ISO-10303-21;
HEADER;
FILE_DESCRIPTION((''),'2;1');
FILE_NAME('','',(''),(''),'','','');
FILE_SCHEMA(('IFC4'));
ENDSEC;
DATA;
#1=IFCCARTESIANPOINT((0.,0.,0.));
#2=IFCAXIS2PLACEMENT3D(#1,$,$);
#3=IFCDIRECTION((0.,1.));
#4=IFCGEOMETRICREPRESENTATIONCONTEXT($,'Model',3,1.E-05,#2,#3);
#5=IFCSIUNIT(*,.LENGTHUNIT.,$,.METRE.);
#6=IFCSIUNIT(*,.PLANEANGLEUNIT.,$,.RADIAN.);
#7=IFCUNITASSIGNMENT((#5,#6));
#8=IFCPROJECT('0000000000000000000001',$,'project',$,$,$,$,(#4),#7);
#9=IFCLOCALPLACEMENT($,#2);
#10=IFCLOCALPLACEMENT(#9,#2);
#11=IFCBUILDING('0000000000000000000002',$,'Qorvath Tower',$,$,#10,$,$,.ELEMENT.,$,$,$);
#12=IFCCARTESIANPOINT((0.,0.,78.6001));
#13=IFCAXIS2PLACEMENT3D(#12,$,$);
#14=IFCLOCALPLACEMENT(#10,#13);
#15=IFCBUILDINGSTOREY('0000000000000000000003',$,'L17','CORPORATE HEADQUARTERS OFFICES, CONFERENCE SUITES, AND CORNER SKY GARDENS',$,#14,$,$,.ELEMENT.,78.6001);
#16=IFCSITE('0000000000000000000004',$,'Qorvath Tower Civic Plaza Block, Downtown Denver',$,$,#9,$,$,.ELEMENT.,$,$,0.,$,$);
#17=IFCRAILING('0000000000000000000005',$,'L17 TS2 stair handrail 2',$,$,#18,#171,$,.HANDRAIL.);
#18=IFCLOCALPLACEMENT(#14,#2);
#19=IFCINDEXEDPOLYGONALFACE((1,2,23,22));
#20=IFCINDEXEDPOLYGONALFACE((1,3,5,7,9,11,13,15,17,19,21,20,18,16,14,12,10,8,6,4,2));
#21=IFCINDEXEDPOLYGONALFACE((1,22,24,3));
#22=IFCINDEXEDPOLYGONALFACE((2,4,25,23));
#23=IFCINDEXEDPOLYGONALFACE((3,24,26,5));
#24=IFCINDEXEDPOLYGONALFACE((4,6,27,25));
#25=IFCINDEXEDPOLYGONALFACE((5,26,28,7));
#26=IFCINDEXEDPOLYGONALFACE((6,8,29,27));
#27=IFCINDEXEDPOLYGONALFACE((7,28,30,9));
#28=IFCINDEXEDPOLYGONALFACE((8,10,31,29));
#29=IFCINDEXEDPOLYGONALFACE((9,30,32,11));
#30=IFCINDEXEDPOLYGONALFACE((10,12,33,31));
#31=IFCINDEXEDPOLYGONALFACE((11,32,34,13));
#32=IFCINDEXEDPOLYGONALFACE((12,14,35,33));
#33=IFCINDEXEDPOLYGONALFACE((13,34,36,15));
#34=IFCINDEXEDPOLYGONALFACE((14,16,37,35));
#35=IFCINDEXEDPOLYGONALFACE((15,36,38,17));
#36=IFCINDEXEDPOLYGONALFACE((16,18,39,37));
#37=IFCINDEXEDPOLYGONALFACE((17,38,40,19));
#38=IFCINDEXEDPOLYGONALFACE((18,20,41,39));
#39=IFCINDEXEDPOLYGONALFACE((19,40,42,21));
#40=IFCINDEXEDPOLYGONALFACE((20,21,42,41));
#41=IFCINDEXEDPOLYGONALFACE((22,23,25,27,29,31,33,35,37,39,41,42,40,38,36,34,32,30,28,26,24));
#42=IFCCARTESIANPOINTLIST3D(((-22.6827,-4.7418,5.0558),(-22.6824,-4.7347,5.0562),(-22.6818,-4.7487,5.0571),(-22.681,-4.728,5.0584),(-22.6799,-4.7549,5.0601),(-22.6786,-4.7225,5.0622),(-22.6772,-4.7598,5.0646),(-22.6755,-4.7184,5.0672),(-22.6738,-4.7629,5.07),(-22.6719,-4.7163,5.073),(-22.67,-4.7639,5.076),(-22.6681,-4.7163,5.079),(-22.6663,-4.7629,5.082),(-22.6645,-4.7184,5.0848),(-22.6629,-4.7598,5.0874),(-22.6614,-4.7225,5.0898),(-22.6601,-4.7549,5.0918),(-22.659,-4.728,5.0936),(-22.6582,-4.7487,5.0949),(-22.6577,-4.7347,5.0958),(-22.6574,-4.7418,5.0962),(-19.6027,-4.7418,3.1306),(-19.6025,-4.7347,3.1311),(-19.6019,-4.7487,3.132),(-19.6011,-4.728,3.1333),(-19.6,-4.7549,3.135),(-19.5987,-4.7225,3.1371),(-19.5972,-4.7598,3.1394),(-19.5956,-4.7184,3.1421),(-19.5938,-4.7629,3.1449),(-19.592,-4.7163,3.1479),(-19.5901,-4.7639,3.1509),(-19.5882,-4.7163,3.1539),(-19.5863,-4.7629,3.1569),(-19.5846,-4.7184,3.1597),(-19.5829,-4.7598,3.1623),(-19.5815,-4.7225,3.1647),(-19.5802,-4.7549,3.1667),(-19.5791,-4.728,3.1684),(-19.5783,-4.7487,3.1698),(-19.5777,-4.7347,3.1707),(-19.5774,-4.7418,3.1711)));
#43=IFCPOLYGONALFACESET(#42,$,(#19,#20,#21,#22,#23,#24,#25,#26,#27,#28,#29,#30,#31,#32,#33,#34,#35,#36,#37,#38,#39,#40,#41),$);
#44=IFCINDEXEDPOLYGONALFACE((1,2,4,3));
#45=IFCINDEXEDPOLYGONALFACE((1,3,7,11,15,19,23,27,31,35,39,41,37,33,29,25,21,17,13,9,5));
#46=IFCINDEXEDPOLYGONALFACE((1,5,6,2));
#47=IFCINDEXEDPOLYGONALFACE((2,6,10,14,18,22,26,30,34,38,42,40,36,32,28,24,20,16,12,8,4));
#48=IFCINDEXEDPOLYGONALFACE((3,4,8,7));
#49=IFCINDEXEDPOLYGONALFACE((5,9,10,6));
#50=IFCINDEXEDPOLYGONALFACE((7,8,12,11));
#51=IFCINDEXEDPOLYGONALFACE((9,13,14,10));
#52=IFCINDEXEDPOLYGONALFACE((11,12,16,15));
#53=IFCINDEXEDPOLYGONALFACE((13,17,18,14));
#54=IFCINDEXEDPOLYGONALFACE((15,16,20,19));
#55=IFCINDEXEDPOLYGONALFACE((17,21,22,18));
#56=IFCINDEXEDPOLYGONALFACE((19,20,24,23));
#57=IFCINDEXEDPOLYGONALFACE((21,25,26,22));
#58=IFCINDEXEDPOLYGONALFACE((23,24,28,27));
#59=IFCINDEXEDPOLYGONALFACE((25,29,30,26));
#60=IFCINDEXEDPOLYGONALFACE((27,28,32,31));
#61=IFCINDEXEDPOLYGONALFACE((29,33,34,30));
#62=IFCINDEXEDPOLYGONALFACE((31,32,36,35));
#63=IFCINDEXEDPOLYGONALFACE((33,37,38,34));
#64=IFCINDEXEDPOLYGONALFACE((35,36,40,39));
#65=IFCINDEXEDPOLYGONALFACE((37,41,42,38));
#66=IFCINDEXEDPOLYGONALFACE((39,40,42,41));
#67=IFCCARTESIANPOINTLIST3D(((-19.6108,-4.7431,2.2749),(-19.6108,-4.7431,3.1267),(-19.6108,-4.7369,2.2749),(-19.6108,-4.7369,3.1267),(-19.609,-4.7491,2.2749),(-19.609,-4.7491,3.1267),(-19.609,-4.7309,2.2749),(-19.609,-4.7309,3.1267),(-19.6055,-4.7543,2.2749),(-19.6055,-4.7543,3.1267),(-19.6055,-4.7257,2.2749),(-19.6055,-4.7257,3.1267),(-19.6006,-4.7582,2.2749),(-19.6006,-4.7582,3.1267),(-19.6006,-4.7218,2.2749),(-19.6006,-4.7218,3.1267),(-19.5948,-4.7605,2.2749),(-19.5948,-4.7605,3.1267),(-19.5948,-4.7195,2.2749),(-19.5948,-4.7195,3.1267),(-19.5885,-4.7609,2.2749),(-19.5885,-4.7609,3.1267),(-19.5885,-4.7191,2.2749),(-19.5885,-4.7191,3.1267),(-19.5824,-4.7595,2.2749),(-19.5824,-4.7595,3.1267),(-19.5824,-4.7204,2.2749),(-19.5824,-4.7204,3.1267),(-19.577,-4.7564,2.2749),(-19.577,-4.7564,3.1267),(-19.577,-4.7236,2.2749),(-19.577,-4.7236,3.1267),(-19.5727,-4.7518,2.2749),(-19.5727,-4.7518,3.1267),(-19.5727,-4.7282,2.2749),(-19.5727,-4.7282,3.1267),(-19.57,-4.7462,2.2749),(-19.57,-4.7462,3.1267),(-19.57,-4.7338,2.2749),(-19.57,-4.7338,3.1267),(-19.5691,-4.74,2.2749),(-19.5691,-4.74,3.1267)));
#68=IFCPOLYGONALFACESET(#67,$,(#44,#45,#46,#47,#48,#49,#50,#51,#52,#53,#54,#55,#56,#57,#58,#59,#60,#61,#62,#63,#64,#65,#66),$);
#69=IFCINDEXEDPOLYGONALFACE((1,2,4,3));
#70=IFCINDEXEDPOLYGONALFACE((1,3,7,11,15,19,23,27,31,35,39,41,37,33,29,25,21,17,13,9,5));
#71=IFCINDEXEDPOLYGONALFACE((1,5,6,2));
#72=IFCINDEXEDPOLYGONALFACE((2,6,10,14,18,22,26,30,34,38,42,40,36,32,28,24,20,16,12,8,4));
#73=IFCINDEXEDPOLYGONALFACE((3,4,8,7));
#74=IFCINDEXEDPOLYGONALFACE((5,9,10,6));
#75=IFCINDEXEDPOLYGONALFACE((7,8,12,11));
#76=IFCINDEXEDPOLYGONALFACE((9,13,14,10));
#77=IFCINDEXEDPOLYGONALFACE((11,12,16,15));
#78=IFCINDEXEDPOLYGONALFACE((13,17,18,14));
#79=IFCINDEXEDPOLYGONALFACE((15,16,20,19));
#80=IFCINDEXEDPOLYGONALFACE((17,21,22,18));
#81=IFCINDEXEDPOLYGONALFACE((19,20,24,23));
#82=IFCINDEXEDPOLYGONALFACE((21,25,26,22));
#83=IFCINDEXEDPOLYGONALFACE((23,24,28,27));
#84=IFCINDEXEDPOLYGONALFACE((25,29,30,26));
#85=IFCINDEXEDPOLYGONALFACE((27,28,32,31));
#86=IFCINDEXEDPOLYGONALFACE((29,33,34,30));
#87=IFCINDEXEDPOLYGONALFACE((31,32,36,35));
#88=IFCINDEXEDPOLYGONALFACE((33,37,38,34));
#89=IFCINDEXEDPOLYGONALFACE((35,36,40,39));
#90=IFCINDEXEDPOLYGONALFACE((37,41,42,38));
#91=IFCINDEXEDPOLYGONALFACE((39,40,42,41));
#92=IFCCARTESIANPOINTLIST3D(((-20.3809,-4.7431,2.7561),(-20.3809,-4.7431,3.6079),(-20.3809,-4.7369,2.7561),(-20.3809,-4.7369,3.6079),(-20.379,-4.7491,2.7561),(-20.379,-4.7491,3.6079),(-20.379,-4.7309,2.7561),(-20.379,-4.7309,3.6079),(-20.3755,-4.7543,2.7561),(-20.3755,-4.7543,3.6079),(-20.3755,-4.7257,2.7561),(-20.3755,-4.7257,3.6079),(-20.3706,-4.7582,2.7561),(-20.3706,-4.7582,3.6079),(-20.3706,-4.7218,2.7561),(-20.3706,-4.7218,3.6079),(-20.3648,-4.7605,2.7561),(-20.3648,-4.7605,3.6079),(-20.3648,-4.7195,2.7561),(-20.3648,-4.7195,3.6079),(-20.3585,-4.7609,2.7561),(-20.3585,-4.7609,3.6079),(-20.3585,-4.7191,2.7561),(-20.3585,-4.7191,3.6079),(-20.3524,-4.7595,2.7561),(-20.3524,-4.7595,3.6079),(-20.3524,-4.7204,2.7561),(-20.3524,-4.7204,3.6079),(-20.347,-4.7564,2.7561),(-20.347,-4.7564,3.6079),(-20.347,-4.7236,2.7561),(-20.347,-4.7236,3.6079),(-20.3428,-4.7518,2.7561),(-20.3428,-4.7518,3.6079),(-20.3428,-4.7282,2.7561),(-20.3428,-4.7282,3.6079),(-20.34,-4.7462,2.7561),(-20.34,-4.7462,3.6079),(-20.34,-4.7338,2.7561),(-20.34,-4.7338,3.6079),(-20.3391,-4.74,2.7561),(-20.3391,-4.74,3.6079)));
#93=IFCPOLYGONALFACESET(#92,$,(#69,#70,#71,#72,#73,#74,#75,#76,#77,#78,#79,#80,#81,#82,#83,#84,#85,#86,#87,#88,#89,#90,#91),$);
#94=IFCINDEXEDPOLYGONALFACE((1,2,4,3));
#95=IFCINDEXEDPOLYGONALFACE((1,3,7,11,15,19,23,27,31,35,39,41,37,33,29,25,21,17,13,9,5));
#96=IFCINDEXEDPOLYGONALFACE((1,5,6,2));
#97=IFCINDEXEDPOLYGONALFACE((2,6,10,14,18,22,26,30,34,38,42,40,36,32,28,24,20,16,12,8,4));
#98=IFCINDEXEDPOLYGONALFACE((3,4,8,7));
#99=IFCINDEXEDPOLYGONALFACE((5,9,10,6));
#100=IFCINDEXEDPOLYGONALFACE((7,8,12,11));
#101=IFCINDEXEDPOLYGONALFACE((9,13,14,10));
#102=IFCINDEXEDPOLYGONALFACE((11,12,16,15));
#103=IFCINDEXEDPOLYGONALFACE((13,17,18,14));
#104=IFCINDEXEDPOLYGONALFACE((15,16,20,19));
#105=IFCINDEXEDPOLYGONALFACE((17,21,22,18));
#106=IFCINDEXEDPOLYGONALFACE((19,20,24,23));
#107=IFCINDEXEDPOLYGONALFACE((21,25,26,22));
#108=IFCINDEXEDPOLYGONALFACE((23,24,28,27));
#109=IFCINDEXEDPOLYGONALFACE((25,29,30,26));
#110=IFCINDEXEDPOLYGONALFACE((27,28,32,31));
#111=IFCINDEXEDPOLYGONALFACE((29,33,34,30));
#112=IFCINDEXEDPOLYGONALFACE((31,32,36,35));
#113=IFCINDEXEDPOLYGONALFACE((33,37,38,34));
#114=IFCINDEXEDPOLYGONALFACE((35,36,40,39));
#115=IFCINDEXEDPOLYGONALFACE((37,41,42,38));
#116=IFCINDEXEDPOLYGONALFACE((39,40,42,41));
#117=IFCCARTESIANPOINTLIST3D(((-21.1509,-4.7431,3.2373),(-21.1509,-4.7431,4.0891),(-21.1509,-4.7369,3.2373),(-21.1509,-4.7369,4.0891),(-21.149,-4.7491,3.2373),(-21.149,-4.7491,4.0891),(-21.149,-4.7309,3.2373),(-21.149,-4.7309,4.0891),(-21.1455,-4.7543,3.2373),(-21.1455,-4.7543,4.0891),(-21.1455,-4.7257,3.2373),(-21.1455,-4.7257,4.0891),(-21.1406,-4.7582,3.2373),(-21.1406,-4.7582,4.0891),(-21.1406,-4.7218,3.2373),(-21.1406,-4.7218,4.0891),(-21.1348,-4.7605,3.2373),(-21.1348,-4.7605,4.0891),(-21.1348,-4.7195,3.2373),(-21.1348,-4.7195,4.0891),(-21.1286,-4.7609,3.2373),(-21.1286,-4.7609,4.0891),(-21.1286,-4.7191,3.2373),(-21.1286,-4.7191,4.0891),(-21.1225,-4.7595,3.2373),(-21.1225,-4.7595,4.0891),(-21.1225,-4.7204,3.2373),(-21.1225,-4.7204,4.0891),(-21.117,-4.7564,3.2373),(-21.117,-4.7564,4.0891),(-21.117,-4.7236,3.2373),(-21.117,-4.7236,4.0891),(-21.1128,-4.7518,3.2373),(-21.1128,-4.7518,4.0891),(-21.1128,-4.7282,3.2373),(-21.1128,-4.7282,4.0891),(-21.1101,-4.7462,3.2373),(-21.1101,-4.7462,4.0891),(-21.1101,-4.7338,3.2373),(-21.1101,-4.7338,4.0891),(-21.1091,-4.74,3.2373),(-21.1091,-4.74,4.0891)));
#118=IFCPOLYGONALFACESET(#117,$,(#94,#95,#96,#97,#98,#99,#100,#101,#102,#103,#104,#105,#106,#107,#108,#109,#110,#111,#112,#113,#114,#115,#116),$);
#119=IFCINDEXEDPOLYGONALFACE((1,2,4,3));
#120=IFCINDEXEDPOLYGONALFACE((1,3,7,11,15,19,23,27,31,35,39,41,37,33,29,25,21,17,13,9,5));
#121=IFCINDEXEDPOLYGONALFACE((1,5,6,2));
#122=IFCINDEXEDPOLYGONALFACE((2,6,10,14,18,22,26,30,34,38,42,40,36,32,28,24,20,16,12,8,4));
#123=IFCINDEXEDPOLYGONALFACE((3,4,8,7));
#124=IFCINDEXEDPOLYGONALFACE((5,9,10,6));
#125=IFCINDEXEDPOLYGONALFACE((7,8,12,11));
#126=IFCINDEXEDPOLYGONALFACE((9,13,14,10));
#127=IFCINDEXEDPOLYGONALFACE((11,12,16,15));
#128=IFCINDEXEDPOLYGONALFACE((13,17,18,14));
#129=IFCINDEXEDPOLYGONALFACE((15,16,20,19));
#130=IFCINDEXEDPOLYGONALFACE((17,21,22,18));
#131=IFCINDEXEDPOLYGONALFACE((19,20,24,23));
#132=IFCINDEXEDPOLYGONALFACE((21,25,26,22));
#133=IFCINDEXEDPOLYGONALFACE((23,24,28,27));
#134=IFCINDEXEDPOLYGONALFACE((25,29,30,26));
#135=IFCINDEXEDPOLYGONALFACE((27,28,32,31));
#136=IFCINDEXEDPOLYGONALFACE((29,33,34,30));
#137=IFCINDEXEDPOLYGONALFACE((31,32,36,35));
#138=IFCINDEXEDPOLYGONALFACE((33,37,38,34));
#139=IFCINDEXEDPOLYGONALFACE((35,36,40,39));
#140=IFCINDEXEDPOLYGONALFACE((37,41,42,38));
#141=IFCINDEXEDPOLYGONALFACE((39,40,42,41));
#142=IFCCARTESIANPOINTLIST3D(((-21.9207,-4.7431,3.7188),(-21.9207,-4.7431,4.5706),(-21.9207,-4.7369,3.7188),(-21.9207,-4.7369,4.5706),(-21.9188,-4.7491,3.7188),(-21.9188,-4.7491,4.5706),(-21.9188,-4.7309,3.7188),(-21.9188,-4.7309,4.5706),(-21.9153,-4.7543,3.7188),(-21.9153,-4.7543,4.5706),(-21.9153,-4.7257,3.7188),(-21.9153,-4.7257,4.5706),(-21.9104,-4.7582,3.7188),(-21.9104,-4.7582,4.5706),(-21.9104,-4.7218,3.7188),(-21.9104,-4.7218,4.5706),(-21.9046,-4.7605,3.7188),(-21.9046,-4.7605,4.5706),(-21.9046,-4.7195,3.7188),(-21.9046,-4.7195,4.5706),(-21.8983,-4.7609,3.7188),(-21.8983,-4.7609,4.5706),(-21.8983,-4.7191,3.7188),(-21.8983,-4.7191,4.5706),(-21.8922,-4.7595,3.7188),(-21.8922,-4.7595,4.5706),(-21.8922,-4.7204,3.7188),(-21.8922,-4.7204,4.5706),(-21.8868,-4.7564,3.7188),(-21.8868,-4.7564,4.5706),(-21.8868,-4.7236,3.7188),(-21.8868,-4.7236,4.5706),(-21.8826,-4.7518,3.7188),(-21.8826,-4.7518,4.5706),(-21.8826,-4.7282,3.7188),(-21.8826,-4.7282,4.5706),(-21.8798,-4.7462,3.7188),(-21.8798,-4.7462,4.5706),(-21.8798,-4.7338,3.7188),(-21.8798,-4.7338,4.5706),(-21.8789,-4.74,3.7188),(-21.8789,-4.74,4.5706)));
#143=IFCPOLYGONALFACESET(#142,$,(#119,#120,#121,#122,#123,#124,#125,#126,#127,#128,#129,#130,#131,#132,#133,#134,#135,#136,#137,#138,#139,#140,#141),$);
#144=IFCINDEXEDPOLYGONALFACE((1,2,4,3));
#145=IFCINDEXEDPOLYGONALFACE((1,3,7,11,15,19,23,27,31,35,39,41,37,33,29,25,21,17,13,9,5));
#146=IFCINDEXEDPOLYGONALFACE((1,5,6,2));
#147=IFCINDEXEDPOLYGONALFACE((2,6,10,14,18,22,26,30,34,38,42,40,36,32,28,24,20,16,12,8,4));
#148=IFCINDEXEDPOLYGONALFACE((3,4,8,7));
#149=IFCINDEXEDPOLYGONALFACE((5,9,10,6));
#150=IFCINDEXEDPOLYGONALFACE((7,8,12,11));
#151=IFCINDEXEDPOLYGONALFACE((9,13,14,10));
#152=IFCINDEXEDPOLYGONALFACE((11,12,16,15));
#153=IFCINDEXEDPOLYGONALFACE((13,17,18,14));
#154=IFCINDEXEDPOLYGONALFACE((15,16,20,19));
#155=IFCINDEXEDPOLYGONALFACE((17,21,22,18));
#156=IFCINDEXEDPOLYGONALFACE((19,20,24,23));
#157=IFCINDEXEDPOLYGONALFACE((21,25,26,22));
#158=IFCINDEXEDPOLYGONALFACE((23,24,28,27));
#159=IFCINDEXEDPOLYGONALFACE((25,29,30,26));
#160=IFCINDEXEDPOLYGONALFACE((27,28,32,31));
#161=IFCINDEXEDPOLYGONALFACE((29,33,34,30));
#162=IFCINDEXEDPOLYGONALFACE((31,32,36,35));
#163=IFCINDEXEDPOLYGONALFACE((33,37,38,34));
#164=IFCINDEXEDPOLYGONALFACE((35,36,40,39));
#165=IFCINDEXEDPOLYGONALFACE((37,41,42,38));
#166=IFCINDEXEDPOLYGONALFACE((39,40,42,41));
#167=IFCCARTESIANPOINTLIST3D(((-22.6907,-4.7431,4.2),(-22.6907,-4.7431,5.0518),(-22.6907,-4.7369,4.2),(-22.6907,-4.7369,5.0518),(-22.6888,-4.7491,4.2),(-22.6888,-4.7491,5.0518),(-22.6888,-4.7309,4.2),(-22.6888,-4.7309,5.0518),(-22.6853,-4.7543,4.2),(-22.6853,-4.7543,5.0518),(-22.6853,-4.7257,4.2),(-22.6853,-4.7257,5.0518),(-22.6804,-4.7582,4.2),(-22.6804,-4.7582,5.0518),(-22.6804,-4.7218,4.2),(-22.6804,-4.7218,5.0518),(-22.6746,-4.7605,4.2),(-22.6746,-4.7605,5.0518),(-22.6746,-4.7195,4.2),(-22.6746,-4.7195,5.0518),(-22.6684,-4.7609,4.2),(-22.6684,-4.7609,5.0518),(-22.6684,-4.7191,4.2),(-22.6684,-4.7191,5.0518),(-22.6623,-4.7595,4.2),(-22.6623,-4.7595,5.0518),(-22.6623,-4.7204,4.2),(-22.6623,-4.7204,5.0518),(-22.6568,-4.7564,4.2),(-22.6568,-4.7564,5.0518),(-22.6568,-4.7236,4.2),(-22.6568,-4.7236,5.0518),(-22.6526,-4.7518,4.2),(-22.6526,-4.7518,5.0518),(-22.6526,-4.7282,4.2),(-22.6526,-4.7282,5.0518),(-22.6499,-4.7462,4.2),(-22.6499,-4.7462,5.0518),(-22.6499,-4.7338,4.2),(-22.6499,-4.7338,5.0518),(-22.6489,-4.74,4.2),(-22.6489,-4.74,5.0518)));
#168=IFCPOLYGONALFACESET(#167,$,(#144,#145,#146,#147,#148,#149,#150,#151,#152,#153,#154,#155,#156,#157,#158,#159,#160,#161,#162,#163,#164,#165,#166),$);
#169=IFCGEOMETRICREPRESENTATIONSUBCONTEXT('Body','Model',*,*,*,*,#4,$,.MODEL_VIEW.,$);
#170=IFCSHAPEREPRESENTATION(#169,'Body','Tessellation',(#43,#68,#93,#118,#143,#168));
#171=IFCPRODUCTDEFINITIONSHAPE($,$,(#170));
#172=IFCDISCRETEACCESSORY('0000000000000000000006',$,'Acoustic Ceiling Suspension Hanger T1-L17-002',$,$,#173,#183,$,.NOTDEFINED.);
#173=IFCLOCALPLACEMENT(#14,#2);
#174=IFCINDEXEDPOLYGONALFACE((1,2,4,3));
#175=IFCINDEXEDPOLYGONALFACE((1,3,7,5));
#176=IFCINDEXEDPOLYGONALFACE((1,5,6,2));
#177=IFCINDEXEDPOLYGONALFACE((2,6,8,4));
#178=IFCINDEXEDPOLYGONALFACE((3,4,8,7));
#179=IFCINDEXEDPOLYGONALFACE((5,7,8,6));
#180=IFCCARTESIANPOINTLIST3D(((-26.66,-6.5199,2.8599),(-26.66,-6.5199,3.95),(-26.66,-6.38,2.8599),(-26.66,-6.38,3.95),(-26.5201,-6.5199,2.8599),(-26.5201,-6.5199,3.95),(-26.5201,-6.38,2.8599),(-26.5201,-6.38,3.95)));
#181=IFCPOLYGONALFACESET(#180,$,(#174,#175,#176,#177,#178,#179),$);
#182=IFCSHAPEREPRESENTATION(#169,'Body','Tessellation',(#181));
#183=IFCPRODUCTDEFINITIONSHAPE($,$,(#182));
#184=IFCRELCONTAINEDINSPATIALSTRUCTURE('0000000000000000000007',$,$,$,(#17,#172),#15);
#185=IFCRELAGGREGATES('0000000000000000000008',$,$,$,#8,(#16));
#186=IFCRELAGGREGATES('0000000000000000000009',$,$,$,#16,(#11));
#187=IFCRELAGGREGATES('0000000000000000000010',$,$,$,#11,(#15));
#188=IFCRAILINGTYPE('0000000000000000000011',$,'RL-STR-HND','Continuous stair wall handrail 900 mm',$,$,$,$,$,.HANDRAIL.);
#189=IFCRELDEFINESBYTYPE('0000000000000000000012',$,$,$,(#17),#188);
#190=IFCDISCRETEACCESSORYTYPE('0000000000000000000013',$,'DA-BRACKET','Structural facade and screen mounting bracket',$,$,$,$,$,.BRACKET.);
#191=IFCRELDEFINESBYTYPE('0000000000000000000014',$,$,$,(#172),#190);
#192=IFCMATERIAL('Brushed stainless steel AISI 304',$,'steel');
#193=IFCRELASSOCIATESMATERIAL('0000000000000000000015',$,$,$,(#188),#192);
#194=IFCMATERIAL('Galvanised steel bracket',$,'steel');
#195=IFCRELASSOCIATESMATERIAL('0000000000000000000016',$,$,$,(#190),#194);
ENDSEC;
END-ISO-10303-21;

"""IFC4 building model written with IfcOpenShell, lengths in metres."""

from ifc_helpers import new_model, si_unit, direction, frame, origin, origin_2d, place, context, subcontext, project, spatial, rectangle, circle, extrude, material, type_object, element, save


model = new_model("IFC4")

# Units and contexts
model_context = context("Model", 3, precision=1e-05, world=origin(), true_north=direction((0.0, 1.0)))
body_context = subcontext(model_context, "Body", "Model", "MODEL_VIEW")
ifc_project = project(units=[si_unit("LENGTHUNIT", "METRE"), si_unit("PLANEANGLEUNIT", "RADIAN")], contexts=[model_context])

# Site, building, storey
site_placement = place(None, origin())
site = spatial("IfcSite", under=ifc_project, at=site_placement, Name="Qorvath Tower Civic Plaza Block, Downtown Denver", CompositionType="ELEMENT", RefElevation=0.0)
building_placement = place(site_placement, origin())
building = spatial("IfcBuilding", under=site, at=building_placement, Name="Qorvath Tower", CompositionType="ELEMENT")
storey_placement = place(building_placement, frame((0.0, 0.0, 78.6001)))
storey = spatial("IfcBuildingStorey", under=building, at=storey_placement, Name="L17", Description="CORPORATE HEADQUARTERS OFFICES, CONFERENCE SUITES, AND CORNER SKY GARDENS", CompositionType="ELEMENT", Elevation=78.6001)

# Railing
ifc_material_1 = material(Name="Brushed stainless steel AISI 304", Category="steel")
railing_type_1 = type_object("IfcRailingType", Name="RL-STR-HND", Description="Continuous stair wall handrail 900 mm", PredefinedType="HANDRAIL", material=ifc_material_1)
railing_1_placement = place(storey_placement, frame((-19.5901, -4.74, 2.2749)))
element("IfcRailing", 1, at=railing_1_placement, inside=storey, type_object=railing_type_1, Name="L17 TS2 stair handrail 2", PredefinedType="HANDRAIL", context=body_context, shape_type="SweptSolid", body=[
    extrude(circle(Radius=0.0239, at=origin_2d()), frame((0.0, 0.0, 0.876), z_axis=(-0.847979, 0.0, 0.530029), x_axis=(0.0, -1.0, 0.0)), (0.0, 0.0, 1.0), 3.6321),
    extrude(circle(Radius=0.021, at=origin_2d()), origin(), (0.0, 0.0, 1.0), 0.8518),
    extrude(circle(Radius=0.021, at=origin_2d()), frame((-0.77, 0.0, 0.4812)), (0.0, 0.0, 1.0), 0.8518),
    extrude(circle(Radius=0.021, at=origin_2d()), frame((-1.54, 0.0, 0.9624)), (0.0, 0.0, 1.0), 0.8518),
    extrude(circle(Radius=0.021, at=origin_2d()), frame((-2.3098, 0.0, 1.4438)), (0.0, 0.0, 1.0), 0.8518),
    extrude(circle(Radius=0.021, at=origin_2d()), frame((-3.0798, 0.0, 1.925)), (0.0, 0.0, 1.0), 0.8518),
])

# Discrete accessory
ifc_material_2 = material(Name="Galvanised steel bracket", Category="steel")
discrete_accessory_type = type_object("IfcDiscreteAccessoryType", Name="DA-BRACKET", Description="Structural facade and screen mounting bracket", PredefinedType="BRACKET", material=ifc_material_2)
discrete_accessory_placement = place(storey_placement, frame((-26.5901, -6.45, 2.8599), z_axis=(0.0, 0.0, 1.0), x_axis=(1.0, 0.0, 0.0)))
element("IfcDiscreteAccessory", 2, at=discrete_accessory_placement, inside=storey, type_object=discrete_accessory_type, Name="Acoustic Ceiling Suspension Hanger T1-L17-002", PredefinedType="NOTDEFINED", context=body_context, shape_type="SweptSolid", body=[
    extrude(rectangle(XDim=0.1399, YDim=0.1399, at=origin_2d()), origin(), (0.0, 0.0, 1.0), 1.0901),
])

save(model, "model.ifc")
